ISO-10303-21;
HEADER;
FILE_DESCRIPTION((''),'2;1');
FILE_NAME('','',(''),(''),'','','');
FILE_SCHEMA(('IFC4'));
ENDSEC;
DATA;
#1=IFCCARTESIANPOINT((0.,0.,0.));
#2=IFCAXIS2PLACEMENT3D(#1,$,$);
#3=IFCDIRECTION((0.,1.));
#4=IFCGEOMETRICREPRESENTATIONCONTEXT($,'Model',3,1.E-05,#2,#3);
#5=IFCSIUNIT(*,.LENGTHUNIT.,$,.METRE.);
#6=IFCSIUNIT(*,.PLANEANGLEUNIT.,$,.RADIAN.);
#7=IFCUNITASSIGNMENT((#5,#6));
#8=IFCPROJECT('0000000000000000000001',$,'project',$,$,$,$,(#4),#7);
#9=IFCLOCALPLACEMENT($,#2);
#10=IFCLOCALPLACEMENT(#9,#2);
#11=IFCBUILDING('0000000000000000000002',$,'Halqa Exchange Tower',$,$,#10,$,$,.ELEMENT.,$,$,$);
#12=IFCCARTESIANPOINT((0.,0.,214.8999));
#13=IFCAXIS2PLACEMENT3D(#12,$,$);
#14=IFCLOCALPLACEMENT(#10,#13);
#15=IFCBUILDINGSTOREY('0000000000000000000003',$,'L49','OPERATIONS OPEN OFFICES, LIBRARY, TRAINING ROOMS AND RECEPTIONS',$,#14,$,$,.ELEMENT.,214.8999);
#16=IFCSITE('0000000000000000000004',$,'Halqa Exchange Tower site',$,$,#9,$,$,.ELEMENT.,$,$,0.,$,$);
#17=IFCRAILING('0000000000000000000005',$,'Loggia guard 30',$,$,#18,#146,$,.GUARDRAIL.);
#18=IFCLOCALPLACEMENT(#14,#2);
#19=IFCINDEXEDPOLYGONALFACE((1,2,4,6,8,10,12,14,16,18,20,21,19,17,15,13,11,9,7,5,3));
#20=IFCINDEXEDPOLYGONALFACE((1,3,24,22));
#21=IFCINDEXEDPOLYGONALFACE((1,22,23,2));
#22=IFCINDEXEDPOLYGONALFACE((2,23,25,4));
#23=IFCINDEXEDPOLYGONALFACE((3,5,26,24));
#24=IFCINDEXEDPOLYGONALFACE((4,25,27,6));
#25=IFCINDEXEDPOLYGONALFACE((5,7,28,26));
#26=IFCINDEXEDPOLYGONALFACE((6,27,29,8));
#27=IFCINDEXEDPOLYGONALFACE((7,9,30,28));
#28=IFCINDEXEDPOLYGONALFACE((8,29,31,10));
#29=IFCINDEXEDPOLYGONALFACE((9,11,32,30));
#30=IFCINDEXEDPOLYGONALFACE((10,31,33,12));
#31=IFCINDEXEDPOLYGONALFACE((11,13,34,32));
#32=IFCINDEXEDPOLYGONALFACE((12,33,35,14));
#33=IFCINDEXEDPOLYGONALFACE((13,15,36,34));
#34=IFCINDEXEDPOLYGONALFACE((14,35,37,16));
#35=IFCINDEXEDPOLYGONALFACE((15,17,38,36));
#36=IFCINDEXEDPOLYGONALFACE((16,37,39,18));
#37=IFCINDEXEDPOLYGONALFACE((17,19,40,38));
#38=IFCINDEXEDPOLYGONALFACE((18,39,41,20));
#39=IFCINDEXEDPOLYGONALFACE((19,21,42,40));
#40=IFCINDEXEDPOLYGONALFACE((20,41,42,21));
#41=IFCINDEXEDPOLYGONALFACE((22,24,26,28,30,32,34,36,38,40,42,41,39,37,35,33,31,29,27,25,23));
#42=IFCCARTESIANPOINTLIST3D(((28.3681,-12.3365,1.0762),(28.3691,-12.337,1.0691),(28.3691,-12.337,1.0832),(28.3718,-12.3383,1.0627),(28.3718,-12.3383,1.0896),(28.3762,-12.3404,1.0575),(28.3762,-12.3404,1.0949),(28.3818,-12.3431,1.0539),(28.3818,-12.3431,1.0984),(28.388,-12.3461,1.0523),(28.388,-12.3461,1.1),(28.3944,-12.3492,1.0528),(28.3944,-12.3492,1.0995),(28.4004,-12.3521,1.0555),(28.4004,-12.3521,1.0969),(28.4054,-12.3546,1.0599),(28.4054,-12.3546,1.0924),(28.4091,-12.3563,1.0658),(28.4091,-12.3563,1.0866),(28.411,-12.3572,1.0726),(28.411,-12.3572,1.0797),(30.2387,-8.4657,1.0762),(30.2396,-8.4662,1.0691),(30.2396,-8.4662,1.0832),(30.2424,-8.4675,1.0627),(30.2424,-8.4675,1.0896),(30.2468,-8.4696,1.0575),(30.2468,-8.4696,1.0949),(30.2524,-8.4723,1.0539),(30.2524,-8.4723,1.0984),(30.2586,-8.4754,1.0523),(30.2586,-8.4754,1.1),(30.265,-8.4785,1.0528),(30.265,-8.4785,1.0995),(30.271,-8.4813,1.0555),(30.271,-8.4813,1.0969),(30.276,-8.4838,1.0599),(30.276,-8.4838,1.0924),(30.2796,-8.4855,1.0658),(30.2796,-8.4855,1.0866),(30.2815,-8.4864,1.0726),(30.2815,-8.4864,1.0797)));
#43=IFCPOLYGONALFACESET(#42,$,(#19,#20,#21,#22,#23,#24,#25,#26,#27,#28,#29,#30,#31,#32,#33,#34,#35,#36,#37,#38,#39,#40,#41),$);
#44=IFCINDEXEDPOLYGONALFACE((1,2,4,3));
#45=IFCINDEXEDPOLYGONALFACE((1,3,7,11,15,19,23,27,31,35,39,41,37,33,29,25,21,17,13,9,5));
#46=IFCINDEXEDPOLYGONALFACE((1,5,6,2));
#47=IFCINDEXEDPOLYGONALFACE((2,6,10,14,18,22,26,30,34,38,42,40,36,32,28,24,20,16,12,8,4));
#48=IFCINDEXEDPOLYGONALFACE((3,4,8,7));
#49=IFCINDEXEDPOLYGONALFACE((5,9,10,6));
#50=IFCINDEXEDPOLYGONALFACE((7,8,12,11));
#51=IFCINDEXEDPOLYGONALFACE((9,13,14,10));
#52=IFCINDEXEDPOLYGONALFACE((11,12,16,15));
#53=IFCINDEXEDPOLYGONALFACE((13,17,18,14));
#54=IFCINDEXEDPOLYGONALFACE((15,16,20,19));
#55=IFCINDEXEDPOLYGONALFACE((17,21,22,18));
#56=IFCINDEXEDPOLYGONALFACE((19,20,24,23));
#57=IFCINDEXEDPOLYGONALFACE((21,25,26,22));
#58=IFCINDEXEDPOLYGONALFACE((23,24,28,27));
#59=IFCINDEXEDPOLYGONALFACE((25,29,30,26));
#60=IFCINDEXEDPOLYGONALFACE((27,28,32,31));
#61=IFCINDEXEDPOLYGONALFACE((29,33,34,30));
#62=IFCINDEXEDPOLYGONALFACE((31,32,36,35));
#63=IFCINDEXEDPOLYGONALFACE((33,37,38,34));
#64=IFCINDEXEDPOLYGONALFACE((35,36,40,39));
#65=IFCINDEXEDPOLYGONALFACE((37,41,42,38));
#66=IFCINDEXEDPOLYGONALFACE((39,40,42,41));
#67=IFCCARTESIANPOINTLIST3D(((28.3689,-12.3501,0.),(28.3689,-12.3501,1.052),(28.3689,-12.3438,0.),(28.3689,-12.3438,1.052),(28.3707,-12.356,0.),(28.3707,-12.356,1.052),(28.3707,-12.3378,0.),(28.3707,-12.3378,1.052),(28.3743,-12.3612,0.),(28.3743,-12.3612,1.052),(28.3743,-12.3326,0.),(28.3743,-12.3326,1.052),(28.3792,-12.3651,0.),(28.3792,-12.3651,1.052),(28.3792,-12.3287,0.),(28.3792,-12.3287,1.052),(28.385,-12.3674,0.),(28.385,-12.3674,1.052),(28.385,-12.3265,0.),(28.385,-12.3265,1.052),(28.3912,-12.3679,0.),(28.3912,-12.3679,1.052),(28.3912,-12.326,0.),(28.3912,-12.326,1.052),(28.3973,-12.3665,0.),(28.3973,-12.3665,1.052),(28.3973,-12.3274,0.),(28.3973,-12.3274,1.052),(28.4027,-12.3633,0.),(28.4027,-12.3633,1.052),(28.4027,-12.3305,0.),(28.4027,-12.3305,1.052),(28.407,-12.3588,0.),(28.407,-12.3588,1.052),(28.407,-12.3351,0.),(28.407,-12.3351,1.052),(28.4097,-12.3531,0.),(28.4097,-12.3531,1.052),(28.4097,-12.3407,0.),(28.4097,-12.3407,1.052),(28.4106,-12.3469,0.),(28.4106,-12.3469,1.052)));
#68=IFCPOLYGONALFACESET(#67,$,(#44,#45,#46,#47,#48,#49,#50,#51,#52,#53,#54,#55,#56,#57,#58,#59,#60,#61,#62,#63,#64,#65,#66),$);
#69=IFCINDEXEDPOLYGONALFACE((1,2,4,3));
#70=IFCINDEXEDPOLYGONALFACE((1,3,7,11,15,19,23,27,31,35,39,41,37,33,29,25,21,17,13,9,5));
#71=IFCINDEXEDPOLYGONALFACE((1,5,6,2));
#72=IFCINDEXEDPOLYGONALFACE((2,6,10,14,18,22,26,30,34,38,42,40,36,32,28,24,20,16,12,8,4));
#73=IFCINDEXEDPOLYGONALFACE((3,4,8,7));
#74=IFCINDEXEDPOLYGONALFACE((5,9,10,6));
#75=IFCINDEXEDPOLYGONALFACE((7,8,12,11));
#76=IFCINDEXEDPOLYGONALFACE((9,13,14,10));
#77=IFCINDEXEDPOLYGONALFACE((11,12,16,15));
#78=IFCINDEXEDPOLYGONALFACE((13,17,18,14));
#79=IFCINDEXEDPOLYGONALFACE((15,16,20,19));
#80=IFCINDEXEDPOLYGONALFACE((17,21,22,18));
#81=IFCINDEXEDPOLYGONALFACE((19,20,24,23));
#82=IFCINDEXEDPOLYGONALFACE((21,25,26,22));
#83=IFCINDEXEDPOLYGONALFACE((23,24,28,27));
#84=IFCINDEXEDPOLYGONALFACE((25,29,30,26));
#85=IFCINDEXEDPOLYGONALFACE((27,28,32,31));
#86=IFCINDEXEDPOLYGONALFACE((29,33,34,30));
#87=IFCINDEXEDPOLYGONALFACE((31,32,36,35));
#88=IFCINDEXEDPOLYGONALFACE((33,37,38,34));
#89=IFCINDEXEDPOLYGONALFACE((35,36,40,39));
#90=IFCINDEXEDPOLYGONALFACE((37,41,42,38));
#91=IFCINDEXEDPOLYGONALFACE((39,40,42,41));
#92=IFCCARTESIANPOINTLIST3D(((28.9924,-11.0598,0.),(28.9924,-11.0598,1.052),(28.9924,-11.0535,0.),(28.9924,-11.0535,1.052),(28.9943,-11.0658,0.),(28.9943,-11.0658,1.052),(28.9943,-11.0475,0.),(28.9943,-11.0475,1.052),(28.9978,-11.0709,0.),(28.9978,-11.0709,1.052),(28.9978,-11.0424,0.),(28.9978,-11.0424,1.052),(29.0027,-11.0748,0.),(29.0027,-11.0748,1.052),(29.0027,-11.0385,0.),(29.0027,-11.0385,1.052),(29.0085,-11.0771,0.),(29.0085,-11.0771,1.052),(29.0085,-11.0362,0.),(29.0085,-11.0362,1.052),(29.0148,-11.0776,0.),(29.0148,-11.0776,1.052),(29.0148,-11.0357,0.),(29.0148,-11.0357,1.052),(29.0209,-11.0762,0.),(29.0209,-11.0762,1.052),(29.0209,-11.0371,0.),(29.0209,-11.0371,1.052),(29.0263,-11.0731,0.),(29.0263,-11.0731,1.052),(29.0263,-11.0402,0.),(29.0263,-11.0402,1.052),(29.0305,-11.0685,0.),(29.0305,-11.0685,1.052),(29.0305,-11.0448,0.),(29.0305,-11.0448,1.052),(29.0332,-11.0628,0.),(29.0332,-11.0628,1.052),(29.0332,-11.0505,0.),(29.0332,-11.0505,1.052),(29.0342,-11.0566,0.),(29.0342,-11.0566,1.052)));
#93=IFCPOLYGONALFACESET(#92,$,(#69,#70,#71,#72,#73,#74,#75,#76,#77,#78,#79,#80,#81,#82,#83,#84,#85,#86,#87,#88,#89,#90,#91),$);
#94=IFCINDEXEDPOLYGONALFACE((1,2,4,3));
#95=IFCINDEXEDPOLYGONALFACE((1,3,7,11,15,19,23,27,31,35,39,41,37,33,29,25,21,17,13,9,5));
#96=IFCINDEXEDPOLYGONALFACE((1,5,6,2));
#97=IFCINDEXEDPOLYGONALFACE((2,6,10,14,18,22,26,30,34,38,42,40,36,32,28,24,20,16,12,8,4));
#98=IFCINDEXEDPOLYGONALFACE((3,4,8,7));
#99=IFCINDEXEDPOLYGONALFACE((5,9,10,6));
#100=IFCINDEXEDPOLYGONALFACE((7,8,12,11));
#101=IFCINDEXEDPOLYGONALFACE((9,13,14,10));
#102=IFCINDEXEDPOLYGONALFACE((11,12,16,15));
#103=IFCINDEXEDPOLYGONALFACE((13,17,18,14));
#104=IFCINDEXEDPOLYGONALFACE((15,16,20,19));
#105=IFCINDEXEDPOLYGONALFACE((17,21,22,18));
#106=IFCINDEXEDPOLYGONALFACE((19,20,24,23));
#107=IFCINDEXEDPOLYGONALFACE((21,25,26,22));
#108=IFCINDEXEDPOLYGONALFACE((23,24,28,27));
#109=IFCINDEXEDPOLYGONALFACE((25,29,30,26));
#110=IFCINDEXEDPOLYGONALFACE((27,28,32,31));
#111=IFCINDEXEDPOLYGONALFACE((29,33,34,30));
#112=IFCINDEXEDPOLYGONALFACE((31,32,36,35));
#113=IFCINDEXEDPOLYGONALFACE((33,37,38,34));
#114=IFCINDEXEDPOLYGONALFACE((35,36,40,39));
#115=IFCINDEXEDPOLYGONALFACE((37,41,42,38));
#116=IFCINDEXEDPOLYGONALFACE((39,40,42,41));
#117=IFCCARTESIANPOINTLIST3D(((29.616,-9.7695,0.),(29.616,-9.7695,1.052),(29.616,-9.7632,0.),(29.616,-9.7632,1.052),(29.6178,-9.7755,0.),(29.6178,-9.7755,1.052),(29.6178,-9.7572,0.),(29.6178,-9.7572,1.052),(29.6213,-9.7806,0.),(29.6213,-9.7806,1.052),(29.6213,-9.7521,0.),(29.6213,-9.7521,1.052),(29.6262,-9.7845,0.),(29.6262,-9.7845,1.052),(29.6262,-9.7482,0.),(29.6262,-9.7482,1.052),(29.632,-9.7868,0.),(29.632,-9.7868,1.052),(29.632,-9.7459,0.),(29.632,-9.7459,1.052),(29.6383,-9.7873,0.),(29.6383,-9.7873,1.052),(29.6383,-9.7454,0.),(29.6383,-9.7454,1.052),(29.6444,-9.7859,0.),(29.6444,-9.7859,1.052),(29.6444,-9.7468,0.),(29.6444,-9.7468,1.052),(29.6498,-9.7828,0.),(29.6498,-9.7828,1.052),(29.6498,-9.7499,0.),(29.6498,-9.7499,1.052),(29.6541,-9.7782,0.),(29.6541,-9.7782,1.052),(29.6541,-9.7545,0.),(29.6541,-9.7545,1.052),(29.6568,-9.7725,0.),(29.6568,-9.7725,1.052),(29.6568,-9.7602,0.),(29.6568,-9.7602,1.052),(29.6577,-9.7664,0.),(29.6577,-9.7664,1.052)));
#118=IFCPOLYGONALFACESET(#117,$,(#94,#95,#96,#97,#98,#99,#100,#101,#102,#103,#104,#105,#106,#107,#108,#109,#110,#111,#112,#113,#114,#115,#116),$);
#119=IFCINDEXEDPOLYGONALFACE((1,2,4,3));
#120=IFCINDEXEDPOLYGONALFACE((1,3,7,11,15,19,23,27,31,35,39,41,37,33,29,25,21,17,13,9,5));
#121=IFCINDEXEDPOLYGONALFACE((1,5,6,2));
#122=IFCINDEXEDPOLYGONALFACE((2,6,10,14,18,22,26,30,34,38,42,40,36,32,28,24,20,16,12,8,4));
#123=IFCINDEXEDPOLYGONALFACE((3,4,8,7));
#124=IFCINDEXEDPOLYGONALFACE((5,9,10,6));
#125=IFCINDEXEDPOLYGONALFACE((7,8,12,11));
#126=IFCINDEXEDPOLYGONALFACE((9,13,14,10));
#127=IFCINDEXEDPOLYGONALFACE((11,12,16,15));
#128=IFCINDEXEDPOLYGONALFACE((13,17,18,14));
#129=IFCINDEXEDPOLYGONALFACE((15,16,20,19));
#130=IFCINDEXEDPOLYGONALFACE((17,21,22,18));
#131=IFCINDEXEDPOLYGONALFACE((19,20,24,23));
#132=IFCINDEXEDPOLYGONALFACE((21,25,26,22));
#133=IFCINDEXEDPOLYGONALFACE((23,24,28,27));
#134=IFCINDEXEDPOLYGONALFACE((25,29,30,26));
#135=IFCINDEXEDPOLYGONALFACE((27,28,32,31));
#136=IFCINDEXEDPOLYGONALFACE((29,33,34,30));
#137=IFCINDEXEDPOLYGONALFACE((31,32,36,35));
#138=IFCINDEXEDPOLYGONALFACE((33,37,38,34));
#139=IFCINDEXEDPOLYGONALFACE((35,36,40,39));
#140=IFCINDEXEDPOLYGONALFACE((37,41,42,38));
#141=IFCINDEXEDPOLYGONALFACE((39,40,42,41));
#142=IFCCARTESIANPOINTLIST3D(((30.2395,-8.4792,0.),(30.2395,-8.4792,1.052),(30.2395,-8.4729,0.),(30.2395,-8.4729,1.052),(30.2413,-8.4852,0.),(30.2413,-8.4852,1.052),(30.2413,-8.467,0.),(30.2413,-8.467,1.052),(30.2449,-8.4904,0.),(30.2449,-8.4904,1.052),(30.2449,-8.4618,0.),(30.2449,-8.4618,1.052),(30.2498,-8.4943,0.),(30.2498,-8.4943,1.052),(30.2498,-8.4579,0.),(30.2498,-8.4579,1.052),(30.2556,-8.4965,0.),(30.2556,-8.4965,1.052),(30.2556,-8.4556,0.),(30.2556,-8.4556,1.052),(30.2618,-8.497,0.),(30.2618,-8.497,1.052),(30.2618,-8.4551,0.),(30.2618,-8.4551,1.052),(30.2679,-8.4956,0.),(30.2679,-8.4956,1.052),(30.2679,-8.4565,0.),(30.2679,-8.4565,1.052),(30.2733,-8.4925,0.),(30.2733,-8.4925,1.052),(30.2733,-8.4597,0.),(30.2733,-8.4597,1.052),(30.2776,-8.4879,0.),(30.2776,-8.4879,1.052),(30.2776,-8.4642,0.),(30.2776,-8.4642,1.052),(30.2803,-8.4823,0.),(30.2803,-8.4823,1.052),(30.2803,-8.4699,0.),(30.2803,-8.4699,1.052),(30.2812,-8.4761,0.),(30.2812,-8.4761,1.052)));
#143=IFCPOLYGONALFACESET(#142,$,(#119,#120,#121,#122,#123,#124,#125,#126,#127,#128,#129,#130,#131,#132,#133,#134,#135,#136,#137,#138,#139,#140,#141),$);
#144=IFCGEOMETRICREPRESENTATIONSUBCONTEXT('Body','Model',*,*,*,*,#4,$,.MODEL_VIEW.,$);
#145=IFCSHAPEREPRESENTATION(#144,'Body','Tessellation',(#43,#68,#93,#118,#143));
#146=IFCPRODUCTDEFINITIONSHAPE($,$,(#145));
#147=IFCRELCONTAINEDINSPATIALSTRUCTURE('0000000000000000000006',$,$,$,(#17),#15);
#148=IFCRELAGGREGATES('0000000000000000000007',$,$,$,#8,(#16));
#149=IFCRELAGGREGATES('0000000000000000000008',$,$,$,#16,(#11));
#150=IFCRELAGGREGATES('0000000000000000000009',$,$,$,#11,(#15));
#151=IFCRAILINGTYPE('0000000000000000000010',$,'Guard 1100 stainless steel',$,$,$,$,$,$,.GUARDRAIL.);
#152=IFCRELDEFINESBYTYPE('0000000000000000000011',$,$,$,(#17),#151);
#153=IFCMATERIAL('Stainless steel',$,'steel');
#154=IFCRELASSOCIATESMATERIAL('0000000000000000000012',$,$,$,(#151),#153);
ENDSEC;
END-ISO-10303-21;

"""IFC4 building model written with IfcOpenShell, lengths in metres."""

from ifc_helpers import new_model, si_unit, direction, frame, origin, origin_2d, place, context, subcontext, project, spatial, circle, extrude, material, type_object, element, save


model = new_model("IFC4")

# Units and contexts
model_context = context("Model", 3, precision=1e-05, world=origin(), true_north=direction((0.0, 1.0)))
body_context = subcontext(model_context, "Body", "Model", "MODEL_VIEW")
ifc_project = project(units=[si_unit("LENGTHUNIT", "METRE"), si_unit("PLANEANGLEUNIT", "RADIAN")], contexts=[model_context])

# Site, building, storey
site_placement = place(None, origin())
site = spatial("IfcSite", under=ifc_project, at=site_placement, Name="Halqa Exchange Tower site", CompositionType="ELEMENT", RefElevation=0.0)
building_placement = place(site_placement, origin())
building = spatial("IfcBuilding", under=site, at=building_placement, Name="Halqa Exchange Tower", CompositionType="ELEMENT")
storey_placement = place(building_placement, frame((0.0, 0.0, 214.8999)))
storey = spatial("IfcBuildingStorey", under=building, at=storey_placement, Name="L49", Description="OPERATIONS OPEN OFFICES, LIBRARY, TRAINING ROOMS AND RECEPTIONS", CompositionType="ELEMENT", Elevation=214.8999)

# Railing
ifc_material_1 = material(Name="Stainless steel", Category="steel")
railing_type = type_object("IfcRailingType", Name="Guard 1100 stainless steel", PredefinedType="GUARDRAIL", material=ifc_material_1)
railing_1_placement = place(storey_placement, frame((28.3896, -12.3469, 0.0)))
element("IfcRailing", 1, at=railing_1_placement, inside=storey, type_object=railing_type, Name="Loggia guard 30", PredefinedType="GUARDRAIL", context=body_context, shape_type="SweptSolid", body=[
    extrude(circle(Radius=0.0239, at=origin_2d()), frame((0.0, 0.0, 1.0762), z_axis=(0.435111, 0.900377, 0.0), x_axis=(-0.900377, 0.435111, 0.0)), (0.0, 0.0, 1.0), 4.2991),
    extrude(circle(Radius=0.021, at=origin_2d()), origin(), (0.0, 0.0, 1.0), 1.052),
    extrude(circle(Radius=0.021, at=origin_2d()), frame((0.6235, 1.2903, 0.0)), (0.0, 0.0, 1.0), 1.052),
    extrude(circle(Radius=0.021, at=origin_2d()), frame((1.2471, 2.5806, 0.0)), (0.0, 0.0, 1.0), 1.052),
    extrude(circle(Radius=0.021, at=origin_2d()), frame((1.8706, 3.8708, 0.0)), (0.0, 0.0, 1.0), 1.052),
])

save(model, "model.ifc")
